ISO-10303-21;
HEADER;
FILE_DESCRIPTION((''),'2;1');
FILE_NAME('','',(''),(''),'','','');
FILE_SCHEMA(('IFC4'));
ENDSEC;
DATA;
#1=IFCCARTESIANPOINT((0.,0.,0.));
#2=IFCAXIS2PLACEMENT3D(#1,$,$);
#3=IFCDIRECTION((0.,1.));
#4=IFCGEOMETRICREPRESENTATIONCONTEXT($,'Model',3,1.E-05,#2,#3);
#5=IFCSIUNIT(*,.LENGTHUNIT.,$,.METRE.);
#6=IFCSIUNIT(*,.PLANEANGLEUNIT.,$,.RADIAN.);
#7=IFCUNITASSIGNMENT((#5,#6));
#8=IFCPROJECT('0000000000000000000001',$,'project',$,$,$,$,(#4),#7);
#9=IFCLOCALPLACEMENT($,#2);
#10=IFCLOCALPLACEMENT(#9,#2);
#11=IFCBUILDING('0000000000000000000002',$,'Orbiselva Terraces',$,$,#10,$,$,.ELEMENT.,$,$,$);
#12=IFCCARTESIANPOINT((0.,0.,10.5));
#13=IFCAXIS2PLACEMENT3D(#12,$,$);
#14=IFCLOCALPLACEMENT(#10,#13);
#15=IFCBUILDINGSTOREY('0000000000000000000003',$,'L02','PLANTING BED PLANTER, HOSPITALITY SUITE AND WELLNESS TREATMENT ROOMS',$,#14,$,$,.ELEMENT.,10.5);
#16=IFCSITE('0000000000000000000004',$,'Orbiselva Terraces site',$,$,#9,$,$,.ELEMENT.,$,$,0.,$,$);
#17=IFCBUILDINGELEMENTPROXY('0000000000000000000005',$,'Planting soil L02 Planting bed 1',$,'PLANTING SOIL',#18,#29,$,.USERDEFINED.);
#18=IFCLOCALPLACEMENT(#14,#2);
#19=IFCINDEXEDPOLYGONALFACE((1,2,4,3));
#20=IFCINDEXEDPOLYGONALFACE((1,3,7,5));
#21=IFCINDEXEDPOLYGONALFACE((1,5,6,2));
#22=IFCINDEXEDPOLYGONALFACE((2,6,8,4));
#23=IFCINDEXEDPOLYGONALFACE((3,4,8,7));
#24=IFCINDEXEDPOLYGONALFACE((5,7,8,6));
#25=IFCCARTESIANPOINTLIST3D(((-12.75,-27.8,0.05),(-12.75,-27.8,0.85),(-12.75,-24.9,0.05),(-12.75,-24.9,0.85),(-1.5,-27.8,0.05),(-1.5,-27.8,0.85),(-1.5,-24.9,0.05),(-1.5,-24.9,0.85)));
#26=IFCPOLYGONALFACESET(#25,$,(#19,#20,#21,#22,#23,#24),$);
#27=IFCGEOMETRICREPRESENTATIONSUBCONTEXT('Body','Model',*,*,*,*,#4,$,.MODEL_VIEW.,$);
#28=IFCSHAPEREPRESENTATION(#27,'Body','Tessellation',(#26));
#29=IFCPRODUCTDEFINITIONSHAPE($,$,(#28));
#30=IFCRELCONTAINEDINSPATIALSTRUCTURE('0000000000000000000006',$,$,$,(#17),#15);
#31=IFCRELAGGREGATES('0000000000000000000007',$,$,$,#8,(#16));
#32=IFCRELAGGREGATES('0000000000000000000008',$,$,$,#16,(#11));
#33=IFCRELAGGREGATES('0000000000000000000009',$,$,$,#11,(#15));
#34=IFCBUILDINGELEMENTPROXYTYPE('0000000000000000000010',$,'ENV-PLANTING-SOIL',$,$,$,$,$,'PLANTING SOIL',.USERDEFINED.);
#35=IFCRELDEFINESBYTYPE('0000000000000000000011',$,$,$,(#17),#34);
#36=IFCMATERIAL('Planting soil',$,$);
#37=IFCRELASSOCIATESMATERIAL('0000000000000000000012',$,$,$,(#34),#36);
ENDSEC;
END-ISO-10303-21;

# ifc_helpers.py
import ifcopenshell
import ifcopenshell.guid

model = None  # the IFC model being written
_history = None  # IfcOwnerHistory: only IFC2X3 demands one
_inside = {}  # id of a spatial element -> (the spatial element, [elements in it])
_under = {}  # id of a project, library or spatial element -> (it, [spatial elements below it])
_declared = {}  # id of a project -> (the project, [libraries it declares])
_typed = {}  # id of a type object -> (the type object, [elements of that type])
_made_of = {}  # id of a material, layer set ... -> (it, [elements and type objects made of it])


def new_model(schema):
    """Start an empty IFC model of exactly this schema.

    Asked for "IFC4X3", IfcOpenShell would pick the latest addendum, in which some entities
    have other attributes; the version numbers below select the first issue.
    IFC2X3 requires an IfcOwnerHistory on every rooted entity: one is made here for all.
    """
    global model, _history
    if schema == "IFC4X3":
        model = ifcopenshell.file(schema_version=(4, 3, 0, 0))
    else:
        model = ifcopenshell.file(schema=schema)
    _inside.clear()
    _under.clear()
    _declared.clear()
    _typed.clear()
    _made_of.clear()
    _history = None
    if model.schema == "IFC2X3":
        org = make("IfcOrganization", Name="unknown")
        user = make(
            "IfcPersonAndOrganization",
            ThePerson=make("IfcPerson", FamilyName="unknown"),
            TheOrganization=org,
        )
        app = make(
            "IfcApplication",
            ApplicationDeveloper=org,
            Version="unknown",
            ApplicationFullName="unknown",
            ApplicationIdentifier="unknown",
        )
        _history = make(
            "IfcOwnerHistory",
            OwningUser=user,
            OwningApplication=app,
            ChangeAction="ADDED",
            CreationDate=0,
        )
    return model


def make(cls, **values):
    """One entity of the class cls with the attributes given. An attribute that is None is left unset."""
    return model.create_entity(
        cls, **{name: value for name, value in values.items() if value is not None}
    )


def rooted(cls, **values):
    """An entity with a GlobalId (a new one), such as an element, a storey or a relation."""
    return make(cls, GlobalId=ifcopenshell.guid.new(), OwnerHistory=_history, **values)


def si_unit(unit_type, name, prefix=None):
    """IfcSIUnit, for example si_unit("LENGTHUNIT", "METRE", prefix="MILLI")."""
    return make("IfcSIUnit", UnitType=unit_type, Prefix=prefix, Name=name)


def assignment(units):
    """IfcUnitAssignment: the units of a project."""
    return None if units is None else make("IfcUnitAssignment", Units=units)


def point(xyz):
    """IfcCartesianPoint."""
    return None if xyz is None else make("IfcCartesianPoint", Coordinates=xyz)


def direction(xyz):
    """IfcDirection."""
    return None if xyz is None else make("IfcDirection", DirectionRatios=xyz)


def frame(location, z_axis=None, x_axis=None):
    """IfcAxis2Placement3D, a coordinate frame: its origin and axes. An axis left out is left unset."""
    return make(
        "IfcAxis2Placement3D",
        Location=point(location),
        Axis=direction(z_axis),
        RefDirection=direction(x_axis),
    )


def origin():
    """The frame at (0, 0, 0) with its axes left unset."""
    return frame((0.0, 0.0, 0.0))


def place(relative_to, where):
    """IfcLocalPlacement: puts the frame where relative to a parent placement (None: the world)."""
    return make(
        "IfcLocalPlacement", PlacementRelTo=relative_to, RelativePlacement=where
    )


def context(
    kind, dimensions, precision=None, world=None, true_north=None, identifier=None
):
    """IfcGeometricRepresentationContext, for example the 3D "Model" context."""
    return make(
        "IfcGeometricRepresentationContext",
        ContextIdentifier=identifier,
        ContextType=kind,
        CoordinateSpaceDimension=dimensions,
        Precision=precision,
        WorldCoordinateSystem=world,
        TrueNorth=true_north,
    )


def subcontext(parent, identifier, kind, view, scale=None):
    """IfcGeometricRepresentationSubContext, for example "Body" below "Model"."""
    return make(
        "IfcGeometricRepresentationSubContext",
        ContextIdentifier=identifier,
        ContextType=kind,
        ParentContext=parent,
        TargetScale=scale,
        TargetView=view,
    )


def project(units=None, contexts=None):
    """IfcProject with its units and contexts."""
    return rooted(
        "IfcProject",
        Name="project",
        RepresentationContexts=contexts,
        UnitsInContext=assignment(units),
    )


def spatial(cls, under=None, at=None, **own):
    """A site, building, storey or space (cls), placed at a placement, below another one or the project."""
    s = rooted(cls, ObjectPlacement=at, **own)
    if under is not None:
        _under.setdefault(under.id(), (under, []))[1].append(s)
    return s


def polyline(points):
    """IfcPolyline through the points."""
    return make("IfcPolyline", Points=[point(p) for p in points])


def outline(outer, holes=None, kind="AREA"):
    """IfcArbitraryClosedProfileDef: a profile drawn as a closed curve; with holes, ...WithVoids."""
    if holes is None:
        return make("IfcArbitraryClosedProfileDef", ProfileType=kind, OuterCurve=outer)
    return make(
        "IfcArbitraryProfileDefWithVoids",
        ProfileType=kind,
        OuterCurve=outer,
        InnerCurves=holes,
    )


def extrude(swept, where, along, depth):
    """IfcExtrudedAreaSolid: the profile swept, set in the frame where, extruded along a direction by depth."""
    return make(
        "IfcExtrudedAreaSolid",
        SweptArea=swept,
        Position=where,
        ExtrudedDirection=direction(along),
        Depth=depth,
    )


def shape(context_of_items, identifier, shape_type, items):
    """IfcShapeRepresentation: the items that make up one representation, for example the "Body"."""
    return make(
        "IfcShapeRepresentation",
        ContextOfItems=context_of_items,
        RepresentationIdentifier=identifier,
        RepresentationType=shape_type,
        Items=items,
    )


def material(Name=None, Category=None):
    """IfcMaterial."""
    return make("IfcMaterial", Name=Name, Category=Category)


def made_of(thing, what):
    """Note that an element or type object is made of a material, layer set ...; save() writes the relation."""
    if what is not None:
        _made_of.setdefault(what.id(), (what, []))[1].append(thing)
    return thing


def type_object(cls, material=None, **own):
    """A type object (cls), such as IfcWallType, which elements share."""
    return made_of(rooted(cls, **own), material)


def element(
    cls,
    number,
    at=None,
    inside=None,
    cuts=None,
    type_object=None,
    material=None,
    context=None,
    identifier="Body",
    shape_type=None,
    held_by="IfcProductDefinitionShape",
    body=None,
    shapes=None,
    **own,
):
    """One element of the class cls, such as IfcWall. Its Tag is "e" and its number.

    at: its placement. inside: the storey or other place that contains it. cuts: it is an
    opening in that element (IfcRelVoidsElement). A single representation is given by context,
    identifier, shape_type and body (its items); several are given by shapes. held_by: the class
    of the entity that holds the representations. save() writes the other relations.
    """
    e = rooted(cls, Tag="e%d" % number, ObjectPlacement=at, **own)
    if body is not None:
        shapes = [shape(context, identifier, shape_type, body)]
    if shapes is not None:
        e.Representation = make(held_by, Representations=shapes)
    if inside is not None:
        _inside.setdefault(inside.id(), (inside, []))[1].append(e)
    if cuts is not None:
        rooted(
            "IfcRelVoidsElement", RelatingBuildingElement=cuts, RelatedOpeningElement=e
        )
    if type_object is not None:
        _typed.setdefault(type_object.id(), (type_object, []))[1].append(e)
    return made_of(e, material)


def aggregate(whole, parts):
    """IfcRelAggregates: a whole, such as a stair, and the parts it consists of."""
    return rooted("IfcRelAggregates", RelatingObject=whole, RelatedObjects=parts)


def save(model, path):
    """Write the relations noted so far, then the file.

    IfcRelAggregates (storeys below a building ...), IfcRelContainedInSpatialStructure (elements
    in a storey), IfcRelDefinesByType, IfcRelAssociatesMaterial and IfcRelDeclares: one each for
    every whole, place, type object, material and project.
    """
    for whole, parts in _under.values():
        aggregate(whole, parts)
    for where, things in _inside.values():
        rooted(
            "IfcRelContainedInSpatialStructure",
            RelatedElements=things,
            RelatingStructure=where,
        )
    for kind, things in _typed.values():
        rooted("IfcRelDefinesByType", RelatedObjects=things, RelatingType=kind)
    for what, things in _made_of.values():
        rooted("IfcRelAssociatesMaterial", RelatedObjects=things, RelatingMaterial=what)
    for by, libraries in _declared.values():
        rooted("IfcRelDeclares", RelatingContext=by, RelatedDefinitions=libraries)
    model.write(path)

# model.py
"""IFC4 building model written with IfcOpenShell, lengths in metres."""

from ifc_helpers import new_model, si_unit, direction, frame, origin, place, context, subcontext, project, spatial, polyline, outline, extrude, material, type_object, element, save


model = new_model("IFC4")

# Units and contexts
model_context = context("Model", 3, precision=1e-05, world=origin(), true_north=direction((0.0, 1.0)))
body_context = subcontext(model_context, "Body", "Model", "MODEL_VIEW")
ifc_project = project(units=[si_unit("LENGTHUNIT", "METRE"), si_unit("PLANEANGLEUNIT", "RADIAN")], contexts=[model_context])

# Site, building, storey
site_placement = place(None, origin())
site = spatial("IfcSite", under=ifc_project, at=site_placement, Name="Orbiselva Terraces site", CompositionType="ELEMENT", RefElevation=0.0)
building_placement = place(site_placement, origin())
building = spatial("IfcBuilding", under=site, at=building_placement, Name="Orbiselva Terraces", CompositionType="ELEMENT")
storey_placement = place(building_placement, frame((0.0, 0.0, 10.5)))
storey = spatial("IfcBuildingStorey", under=building, at=storey_placement, Name="L02", Description="PLANTING BED PLANTER, HOSPITALITY SUITE AND WELLNESS TREATMENT ROOMS", CompositionType="ELEMENT", Elevation=10.5)

# Building element proxy
ifc_material_1 = material(Name="Planting soil")
building_element_proxy_type = type_object("IfcBuildingElementProxyType", Name="ENV-PLANTING-SOIL", ElementType="PLANTING SOIL", PredefinedType="USERDEFINED", material=ifc_material_1)
proxy_placement = place(storey_placement, frame((0.0, 0.0, 0.05)))
element("IfcBuildingElementProxy", 1, at=proxy_placement, inside=storey, type_object=building_element_proxy_type, Name="Planting soil L02 Planting bed 1", ObjectType="PLANTING SOIL", PredefinedType="USERDEFINED", context=body_context, shape_type="SweptSolid", body=[
    extrude(outline(polyline([(-12.75, -27.8), (-12.75, -24.9), (-1.5, -24.9), (-1.5, -27.8), (-12.75, -27.8)])), origin(), (0.0, 0.0, 1.0), 0.8),
])

save(model, "model.ifc")
